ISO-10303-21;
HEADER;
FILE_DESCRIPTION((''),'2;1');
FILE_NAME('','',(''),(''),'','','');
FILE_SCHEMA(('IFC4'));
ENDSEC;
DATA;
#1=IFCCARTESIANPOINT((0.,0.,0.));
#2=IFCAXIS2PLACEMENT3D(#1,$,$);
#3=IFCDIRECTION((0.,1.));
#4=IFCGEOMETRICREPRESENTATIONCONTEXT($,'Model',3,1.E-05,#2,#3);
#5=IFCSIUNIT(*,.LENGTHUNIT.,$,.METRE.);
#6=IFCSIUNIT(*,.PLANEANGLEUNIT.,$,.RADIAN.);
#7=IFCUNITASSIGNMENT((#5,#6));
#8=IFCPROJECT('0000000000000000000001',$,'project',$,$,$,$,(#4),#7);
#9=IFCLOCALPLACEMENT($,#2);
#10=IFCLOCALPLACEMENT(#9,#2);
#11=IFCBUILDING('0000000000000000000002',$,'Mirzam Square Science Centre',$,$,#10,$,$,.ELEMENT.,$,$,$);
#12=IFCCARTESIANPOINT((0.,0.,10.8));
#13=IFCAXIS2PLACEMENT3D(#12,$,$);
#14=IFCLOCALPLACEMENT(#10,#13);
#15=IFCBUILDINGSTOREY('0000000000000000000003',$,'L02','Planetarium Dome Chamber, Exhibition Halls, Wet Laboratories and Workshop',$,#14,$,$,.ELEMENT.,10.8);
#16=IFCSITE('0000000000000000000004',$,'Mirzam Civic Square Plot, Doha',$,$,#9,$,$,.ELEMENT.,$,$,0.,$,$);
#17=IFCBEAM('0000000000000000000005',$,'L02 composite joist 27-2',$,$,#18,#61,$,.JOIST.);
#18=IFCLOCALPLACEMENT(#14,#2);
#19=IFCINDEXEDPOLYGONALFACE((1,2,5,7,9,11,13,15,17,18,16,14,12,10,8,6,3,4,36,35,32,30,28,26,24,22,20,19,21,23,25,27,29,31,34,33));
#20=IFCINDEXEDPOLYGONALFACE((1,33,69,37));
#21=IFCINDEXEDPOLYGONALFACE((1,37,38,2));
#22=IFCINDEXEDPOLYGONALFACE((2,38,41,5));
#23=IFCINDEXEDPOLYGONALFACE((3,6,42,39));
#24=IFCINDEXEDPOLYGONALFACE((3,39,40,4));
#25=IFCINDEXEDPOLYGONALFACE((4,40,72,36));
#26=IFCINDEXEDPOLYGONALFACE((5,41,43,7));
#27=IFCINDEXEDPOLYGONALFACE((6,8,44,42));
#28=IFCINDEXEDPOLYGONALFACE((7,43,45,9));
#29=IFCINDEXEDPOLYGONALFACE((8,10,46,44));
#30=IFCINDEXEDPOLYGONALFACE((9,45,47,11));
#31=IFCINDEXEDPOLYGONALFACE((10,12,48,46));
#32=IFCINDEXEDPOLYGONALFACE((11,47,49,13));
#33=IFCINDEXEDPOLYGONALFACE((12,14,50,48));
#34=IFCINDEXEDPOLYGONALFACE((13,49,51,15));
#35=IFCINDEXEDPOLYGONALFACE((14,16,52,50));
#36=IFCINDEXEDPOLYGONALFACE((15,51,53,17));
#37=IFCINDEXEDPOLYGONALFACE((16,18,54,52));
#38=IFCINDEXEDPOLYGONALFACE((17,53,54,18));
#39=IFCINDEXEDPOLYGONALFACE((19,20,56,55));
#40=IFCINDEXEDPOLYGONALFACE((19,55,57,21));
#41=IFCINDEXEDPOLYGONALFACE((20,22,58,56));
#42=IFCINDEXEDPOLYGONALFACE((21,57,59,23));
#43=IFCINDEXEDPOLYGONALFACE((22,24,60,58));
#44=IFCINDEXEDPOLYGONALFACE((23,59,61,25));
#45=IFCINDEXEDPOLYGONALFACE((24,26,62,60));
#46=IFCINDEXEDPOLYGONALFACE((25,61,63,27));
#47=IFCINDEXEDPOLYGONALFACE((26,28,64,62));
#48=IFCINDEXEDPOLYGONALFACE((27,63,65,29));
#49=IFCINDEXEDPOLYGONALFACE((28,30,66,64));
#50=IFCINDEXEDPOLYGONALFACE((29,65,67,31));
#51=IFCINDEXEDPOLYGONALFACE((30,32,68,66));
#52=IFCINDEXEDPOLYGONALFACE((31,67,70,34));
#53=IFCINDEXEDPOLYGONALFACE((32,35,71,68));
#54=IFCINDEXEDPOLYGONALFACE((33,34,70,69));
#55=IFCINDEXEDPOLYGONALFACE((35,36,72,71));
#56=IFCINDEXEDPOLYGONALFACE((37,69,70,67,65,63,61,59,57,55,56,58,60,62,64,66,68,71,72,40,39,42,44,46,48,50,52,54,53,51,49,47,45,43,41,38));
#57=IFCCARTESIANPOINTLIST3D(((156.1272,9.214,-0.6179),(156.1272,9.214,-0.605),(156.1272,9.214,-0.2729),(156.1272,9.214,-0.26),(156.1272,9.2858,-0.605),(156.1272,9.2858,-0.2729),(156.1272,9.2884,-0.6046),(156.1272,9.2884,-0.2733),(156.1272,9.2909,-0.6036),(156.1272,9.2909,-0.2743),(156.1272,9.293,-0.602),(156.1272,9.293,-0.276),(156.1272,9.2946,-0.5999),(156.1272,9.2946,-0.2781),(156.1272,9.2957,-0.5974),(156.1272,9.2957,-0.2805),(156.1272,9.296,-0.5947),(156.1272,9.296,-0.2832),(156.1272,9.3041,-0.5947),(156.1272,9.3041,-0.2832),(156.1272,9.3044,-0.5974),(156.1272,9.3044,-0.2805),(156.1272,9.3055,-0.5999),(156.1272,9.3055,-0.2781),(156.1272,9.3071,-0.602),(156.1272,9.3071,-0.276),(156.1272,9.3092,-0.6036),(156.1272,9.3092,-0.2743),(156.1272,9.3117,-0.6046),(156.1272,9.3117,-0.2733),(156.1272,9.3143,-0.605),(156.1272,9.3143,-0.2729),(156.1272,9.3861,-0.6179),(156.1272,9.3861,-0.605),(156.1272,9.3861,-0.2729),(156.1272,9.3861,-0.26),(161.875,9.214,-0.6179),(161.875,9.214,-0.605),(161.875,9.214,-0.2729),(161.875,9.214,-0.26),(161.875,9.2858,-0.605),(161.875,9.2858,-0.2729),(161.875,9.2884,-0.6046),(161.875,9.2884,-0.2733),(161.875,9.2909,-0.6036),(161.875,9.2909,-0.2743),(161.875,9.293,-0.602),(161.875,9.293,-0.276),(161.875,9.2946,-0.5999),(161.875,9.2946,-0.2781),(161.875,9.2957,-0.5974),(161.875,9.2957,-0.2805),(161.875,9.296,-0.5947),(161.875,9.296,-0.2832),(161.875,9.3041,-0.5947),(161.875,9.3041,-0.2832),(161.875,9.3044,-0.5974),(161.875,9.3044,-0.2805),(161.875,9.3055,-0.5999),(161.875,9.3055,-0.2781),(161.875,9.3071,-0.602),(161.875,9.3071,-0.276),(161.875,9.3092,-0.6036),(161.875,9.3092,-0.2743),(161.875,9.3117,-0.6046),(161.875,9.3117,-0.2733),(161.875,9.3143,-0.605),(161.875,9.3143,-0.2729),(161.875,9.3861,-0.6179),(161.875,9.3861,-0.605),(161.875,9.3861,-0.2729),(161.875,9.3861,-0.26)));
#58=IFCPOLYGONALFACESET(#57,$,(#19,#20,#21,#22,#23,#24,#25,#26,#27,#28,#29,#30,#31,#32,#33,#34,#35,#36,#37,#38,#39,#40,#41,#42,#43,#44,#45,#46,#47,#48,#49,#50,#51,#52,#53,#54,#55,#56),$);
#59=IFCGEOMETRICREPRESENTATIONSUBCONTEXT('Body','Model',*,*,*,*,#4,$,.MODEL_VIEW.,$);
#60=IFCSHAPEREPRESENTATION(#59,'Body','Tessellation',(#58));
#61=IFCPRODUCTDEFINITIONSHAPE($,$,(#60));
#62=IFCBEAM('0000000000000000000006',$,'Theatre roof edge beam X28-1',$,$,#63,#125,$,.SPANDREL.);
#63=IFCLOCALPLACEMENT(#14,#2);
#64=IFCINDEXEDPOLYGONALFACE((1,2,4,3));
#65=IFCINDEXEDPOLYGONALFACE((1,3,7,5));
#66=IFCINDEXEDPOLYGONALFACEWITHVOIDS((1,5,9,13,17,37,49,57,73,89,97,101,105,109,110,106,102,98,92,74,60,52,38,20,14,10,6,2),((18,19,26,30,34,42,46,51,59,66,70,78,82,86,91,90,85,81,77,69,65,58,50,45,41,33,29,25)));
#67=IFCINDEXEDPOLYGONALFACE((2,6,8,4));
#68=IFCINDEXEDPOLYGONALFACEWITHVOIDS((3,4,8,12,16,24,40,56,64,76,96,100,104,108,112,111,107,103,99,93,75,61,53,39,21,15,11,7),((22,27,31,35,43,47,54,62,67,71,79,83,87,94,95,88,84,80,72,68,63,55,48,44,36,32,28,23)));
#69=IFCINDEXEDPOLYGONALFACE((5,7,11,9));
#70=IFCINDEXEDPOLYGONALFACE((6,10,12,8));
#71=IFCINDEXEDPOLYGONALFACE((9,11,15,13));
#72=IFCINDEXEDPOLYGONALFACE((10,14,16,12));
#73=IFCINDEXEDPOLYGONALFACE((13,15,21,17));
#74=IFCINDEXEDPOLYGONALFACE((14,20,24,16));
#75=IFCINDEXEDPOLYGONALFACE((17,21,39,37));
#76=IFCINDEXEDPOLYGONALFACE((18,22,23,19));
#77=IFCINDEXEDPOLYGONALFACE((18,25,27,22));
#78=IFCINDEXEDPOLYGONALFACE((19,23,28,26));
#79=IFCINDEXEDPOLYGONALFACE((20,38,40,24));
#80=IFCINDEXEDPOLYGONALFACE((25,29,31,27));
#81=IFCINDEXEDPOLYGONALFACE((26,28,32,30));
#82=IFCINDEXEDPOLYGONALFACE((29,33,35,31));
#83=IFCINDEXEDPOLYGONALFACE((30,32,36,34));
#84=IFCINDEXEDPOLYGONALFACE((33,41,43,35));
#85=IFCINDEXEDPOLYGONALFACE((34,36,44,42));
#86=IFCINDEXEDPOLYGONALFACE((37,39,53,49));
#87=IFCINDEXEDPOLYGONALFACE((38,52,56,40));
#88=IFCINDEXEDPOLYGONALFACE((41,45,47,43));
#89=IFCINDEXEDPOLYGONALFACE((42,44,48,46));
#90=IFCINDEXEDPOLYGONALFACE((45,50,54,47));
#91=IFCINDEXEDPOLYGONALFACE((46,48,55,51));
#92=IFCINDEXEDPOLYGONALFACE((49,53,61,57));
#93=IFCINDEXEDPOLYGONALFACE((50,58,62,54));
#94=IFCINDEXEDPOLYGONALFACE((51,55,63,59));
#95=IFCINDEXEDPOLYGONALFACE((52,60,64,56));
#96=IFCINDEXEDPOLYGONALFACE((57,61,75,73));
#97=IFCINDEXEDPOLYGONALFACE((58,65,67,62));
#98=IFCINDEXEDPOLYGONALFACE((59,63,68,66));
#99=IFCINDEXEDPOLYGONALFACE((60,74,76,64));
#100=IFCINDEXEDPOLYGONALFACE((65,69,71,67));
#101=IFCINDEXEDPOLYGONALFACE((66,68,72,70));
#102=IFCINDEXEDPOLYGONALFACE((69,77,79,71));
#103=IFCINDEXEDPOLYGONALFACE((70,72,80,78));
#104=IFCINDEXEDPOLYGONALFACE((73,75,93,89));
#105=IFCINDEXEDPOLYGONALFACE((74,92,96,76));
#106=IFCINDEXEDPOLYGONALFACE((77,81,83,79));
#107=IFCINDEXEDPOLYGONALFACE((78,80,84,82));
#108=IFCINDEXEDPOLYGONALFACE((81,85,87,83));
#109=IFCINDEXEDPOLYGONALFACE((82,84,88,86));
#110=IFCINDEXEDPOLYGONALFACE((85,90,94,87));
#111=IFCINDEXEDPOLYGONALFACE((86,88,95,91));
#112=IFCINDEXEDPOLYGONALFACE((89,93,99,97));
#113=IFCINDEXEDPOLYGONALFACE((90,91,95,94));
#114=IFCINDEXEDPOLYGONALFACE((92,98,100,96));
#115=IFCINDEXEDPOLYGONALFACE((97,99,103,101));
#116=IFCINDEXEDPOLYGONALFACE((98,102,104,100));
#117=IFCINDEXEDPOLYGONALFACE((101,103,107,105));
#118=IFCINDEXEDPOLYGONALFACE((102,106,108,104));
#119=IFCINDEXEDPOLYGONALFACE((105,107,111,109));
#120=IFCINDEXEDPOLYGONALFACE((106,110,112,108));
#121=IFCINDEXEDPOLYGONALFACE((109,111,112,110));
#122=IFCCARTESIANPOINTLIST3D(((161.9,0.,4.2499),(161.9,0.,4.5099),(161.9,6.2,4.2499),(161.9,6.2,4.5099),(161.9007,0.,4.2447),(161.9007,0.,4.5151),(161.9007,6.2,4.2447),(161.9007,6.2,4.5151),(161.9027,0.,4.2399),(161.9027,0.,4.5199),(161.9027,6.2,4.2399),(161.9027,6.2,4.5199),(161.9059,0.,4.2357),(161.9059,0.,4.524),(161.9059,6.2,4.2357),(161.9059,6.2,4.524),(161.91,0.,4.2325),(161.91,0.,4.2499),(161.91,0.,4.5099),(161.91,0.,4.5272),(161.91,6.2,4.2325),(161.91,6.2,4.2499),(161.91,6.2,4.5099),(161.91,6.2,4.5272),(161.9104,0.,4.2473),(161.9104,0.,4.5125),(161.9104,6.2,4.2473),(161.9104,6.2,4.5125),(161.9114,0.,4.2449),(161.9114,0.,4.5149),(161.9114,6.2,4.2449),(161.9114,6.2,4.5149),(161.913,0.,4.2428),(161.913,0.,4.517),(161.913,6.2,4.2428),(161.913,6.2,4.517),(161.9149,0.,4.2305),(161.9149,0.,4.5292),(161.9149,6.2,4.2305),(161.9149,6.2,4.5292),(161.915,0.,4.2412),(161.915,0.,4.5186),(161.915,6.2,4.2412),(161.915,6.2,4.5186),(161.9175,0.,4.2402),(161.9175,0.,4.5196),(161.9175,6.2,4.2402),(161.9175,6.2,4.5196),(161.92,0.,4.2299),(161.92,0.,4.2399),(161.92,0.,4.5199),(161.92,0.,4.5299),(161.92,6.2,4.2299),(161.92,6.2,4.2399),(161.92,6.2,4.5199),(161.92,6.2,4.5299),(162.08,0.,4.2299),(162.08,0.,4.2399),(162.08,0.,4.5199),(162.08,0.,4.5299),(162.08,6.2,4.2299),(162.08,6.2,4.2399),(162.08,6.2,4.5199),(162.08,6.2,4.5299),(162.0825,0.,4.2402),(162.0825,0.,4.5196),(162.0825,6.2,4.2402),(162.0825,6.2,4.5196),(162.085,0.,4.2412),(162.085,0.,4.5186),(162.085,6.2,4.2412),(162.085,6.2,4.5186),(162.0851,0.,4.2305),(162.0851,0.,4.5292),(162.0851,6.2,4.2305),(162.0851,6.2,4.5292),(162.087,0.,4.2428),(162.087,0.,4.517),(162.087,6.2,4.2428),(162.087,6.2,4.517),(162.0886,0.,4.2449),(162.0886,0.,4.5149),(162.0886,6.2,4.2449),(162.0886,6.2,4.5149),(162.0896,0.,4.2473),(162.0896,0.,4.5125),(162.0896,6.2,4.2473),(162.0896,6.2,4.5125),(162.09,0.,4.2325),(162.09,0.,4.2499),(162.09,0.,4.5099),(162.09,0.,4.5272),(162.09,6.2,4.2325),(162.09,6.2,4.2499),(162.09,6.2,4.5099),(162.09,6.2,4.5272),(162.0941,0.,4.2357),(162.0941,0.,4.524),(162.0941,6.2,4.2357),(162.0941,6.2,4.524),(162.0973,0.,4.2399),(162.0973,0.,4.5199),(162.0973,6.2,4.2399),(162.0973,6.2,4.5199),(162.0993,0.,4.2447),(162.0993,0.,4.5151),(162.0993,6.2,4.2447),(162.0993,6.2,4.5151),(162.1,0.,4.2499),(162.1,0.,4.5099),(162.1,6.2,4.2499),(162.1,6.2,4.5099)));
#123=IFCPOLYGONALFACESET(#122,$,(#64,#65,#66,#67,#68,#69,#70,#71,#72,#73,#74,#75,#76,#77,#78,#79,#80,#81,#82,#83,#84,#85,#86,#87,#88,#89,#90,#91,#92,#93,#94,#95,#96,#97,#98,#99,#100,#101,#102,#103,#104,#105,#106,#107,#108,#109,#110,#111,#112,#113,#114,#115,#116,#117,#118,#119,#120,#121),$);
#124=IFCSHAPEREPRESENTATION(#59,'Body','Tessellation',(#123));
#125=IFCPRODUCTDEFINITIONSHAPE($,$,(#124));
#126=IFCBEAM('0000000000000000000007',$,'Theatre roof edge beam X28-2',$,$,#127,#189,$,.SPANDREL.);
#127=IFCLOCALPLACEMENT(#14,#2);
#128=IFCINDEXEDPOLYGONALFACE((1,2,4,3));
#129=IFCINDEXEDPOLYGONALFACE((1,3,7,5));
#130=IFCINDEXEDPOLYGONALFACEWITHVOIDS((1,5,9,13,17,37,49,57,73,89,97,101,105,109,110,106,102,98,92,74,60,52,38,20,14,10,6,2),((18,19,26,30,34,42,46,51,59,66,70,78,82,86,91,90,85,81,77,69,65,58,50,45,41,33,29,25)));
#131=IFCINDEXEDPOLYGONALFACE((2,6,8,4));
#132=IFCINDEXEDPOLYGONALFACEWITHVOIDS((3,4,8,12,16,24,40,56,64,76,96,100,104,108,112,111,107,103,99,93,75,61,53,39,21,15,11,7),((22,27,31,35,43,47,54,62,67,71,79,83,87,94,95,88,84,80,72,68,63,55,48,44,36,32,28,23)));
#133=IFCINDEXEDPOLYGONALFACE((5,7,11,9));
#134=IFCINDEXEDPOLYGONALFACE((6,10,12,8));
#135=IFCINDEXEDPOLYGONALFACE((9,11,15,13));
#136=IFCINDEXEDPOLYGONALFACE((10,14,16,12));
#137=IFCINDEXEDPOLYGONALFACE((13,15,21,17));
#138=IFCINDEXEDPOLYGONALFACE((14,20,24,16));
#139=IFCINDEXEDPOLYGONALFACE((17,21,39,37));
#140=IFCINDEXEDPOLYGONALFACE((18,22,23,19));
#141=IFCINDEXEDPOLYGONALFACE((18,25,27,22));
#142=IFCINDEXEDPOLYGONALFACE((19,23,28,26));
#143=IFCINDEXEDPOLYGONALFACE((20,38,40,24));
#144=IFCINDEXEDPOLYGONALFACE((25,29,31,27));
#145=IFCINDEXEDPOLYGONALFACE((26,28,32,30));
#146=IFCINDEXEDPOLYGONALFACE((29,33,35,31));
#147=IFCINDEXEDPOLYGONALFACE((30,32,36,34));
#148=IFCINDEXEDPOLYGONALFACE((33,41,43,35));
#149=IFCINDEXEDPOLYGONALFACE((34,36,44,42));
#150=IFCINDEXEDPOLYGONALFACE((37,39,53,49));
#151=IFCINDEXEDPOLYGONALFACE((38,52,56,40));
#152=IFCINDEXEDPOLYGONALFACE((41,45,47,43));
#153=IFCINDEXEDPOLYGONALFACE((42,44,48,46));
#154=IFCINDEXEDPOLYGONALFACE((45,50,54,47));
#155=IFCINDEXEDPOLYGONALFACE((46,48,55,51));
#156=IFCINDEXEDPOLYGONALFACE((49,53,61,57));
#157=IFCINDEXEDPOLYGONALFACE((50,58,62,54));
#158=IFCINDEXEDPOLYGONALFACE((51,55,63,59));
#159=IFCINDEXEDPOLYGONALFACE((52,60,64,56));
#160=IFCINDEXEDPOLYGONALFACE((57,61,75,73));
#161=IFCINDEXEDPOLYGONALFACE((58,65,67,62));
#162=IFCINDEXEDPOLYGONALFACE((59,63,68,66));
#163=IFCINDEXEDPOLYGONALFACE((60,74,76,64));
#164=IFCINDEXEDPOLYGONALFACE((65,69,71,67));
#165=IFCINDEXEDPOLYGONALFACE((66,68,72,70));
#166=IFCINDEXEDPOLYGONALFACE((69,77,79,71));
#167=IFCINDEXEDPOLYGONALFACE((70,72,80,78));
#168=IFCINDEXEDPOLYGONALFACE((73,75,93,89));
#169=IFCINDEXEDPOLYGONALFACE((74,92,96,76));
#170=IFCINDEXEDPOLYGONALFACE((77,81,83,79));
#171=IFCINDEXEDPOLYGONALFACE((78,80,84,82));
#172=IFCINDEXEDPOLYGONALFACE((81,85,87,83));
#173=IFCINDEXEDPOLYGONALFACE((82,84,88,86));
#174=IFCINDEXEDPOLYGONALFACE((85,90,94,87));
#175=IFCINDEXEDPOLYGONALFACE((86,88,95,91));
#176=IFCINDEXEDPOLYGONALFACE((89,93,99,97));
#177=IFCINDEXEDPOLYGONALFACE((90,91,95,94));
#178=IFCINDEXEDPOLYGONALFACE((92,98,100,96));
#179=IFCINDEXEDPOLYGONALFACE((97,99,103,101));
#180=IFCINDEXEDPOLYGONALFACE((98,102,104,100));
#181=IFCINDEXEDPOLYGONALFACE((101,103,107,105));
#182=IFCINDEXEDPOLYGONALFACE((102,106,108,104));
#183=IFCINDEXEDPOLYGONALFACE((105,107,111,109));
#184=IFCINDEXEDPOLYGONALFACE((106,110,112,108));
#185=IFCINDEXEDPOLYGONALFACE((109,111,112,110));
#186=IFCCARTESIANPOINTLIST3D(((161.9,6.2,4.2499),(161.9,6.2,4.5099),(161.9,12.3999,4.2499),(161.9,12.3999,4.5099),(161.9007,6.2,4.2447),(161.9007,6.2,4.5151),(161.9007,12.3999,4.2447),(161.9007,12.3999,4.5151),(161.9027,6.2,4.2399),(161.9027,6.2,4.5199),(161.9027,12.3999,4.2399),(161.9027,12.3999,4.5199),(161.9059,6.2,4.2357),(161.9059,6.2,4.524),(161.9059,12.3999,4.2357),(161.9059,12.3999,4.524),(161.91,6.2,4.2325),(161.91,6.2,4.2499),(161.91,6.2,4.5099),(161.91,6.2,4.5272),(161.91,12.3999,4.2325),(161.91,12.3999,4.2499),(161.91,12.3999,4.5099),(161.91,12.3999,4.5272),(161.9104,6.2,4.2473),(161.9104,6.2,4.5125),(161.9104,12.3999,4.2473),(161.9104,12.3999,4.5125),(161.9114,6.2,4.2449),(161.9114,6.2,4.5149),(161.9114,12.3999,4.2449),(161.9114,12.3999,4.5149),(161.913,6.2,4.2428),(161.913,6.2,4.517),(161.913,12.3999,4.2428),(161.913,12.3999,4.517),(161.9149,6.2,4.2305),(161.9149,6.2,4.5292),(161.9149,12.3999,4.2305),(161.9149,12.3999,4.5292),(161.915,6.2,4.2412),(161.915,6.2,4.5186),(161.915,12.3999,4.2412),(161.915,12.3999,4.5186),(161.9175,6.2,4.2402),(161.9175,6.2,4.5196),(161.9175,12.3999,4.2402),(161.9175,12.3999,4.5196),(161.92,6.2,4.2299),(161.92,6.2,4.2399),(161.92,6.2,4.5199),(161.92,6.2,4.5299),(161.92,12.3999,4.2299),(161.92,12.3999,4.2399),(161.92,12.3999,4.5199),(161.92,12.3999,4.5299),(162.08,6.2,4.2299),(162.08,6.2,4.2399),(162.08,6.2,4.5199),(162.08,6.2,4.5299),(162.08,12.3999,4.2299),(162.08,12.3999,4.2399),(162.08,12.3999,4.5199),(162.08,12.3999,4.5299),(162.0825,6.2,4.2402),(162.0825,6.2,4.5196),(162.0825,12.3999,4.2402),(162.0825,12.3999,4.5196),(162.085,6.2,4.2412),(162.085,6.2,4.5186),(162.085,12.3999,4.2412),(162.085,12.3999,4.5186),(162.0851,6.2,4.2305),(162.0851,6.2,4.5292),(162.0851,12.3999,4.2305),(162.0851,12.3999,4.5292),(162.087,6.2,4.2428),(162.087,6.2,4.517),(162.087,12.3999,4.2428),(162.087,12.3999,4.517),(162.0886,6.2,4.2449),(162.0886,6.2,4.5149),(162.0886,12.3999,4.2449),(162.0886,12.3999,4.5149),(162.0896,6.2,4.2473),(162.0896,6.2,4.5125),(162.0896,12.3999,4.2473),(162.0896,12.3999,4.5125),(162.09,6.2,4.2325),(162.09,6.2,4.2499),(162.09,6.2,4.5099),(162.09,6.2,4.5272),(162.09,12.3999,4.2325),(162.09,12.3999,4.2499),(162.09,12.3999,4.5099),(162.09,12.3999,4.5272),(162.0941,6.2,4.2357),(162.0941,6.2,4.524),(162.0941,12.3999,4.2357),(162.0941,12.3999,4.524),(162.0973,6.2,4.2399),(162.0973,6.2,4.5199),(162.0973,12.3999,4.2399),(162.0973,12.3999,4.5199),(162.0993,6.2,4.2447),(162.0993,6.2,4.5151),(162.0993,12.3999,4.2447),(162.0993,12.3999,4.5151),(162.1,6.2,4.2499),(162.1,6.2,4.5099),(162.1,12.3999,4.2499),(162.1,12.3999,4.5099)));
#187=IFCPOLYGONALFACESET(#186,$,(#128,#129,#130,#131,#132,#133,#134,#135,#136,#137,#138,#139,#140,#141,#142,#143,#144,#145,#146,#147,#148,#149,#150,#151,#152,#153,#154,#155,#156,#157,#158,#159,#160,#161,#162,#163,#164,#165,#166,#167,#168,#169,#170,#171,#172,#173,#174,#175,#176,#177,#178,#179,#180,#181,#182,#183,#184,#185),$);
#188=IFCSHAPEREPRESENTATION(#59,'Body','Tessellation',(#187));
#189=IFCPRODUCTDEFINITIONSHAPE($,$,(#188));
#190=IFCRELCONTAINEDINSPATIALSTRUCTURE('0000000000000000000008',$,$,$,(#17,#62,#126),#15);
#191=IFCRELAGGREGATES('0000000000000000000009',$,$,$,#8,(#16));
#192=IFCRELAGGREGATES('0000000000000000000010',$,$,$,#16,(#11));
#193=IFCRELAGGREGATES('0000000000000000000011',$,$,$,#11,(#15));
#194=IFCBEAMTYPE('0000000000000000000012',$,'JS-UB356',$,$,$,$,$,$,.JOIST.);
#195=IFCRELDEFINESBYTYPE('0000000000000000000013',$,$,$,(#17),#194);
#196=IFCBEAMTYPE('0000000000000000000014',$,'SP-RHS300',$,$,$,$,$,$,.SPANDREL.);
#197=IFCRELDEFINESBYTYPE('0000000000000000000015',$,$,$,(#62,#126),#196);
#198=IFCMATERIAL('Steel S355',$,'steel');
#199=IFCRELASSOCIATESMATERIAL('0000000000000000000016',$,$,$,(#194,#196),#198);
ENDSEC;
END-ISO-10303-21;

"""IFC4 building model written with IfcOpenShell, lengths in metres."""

from ifc_helpers import new_model, si_unit, direction, frame, origin, origin_2d, place, context, subcontext, project, spatial, hollow_rectangle, i_section, extrude, material, material_profile, profile_set, type_object, element, save


model = new_model("IFC4")

# Units and contexts
model_context = context("Model", 3, precision=1e-05, world=origin(), true_north=direction((0.0, 1.0)))
body_context = subcontext(model_context, "Body", "Model", "MODEL_VIEW")
ifc_project = project(units=[si_unit("LENGTHUNIT", "METRE"), si_unit("PLANEANGLEUNIT", "RADIAN")], contexts=[model_context])

# Site, building, storey
site_placement = place(None, origin())
site = spatial("IfcSite", under=ifc_project, at=site_placement, Name="Mirzam Civic Square Plot, Doha", CompositionType="ELEMENT", RefElevation=0.0)
building_placement = place(site_placement, origin())
building = spatial("IfcBuilding", under=site, at=building_placement, Name="Mirzam Square Science Centre", CompositionType="ELEMENT")
storey_placement = place(building_placement, frame((0.0, 0.0, 10.8)))
storey = spatial("IfcBuildingStorey", under=building, at=storey_placement, Name="L02", Description="Planetarium Dome Chamber, Exhibition Halls, Wet Laboratories and Workshop", CompositionType="ELEMENT", Elevation=10.8)

# Shared definitions
ifc_material_1 = material(Name="Steel S355", Category="steel")

# Beams
ifc_material_profile_1 = material_profile(ifc_material_1, i_section(OverallWidth=0.1721, OverallDepth=0.3579, WebThickness=0.0081, FlangeThickness=0.0129, FilletRadius=0.0103, at=origin_2d()), Name="356x171x57UB")
ifc_profile_set_1 = profile_set([ifc_material_profile_1], Name="Steel S355")
beam_type_1 = type_object("IfcBeamType", Name="JS-UB356", PredefinedType="JOIST", material=ifc_profile_set_1)
beam_1_placement = place(storey_placement, frame((156.1272, 9.3, -0.439), z_axis=(1.0, 0.0, 0.0), x_axis=(0.0, 1.0, 0.0)))
element("IfcBeam", 1, at=beam_1_placement, inside=storey, type_object=beam_type_1, Name="L02 composite joist 27-2", PredefinedType="JOIST", context=body_context, shape_type="SweptSolid", body=[
    extrude(i_section(OverallWidth=0.1721, OverallDepth=0.3579, WebThickness=0.0081, FlangeThickness=0.0129, FilletRadius=0.0103, at=origin_2d()), origin(), (0.0, 0.0, 1.0), 5.7478),
])
ifc_material_profile_2 = material_profile(ifc_material_1, hollow_rectangle(XDim=0.2, YDim=0.3, WallThickness=0.01, InnerFilletRadius=0.01, OuterFilletRadius=0.02, at=origin_2d()), Name="300x200x10.0RHS")
ifc_profile_set_2 = profile_set([ifc_material_profile_2], Name="Steel S355")
beam_type_2 = type_object("IfcBeamType", Name="SP-RHS300", PredefinedType="SPANDREL", material=ifc_profile_set_2)
for number, where, z_axis, x_axis, name in (
    (2, (162.0, 0.0, 4.3799), (0.0, 1.0, 0.0), (-1.0, 0.0, 0.0), "Theatre roof edge beam X28-1"),
    (3, (162.0, 6.2, 4.3799), (0.0, 1.0, 0.0), (-1.0, 0.0, 0.0), "Theatre roof edge beam X28-2"),
):
    element("IfcBeam", number, at=place(storey_placement, frame(where, z_axis=z_axis, x_axis=x_axis)), inside=storey, type_object=beam_type_2, Name=name, PredefinedType="SPANDREL", context=body_context, shape_type="SweptSolid", body=[
        extrude(hollow_rectangle(XDim=0.2, YDim=0.3, WallThickness=0.01, InnerFilletRadius=0.01, OuterFilletRadius=0.02, at=origin_2d()), origin(), (0.0, 0.0, 1.0), 6.2),
    ])

save(model, "model.ifc")
